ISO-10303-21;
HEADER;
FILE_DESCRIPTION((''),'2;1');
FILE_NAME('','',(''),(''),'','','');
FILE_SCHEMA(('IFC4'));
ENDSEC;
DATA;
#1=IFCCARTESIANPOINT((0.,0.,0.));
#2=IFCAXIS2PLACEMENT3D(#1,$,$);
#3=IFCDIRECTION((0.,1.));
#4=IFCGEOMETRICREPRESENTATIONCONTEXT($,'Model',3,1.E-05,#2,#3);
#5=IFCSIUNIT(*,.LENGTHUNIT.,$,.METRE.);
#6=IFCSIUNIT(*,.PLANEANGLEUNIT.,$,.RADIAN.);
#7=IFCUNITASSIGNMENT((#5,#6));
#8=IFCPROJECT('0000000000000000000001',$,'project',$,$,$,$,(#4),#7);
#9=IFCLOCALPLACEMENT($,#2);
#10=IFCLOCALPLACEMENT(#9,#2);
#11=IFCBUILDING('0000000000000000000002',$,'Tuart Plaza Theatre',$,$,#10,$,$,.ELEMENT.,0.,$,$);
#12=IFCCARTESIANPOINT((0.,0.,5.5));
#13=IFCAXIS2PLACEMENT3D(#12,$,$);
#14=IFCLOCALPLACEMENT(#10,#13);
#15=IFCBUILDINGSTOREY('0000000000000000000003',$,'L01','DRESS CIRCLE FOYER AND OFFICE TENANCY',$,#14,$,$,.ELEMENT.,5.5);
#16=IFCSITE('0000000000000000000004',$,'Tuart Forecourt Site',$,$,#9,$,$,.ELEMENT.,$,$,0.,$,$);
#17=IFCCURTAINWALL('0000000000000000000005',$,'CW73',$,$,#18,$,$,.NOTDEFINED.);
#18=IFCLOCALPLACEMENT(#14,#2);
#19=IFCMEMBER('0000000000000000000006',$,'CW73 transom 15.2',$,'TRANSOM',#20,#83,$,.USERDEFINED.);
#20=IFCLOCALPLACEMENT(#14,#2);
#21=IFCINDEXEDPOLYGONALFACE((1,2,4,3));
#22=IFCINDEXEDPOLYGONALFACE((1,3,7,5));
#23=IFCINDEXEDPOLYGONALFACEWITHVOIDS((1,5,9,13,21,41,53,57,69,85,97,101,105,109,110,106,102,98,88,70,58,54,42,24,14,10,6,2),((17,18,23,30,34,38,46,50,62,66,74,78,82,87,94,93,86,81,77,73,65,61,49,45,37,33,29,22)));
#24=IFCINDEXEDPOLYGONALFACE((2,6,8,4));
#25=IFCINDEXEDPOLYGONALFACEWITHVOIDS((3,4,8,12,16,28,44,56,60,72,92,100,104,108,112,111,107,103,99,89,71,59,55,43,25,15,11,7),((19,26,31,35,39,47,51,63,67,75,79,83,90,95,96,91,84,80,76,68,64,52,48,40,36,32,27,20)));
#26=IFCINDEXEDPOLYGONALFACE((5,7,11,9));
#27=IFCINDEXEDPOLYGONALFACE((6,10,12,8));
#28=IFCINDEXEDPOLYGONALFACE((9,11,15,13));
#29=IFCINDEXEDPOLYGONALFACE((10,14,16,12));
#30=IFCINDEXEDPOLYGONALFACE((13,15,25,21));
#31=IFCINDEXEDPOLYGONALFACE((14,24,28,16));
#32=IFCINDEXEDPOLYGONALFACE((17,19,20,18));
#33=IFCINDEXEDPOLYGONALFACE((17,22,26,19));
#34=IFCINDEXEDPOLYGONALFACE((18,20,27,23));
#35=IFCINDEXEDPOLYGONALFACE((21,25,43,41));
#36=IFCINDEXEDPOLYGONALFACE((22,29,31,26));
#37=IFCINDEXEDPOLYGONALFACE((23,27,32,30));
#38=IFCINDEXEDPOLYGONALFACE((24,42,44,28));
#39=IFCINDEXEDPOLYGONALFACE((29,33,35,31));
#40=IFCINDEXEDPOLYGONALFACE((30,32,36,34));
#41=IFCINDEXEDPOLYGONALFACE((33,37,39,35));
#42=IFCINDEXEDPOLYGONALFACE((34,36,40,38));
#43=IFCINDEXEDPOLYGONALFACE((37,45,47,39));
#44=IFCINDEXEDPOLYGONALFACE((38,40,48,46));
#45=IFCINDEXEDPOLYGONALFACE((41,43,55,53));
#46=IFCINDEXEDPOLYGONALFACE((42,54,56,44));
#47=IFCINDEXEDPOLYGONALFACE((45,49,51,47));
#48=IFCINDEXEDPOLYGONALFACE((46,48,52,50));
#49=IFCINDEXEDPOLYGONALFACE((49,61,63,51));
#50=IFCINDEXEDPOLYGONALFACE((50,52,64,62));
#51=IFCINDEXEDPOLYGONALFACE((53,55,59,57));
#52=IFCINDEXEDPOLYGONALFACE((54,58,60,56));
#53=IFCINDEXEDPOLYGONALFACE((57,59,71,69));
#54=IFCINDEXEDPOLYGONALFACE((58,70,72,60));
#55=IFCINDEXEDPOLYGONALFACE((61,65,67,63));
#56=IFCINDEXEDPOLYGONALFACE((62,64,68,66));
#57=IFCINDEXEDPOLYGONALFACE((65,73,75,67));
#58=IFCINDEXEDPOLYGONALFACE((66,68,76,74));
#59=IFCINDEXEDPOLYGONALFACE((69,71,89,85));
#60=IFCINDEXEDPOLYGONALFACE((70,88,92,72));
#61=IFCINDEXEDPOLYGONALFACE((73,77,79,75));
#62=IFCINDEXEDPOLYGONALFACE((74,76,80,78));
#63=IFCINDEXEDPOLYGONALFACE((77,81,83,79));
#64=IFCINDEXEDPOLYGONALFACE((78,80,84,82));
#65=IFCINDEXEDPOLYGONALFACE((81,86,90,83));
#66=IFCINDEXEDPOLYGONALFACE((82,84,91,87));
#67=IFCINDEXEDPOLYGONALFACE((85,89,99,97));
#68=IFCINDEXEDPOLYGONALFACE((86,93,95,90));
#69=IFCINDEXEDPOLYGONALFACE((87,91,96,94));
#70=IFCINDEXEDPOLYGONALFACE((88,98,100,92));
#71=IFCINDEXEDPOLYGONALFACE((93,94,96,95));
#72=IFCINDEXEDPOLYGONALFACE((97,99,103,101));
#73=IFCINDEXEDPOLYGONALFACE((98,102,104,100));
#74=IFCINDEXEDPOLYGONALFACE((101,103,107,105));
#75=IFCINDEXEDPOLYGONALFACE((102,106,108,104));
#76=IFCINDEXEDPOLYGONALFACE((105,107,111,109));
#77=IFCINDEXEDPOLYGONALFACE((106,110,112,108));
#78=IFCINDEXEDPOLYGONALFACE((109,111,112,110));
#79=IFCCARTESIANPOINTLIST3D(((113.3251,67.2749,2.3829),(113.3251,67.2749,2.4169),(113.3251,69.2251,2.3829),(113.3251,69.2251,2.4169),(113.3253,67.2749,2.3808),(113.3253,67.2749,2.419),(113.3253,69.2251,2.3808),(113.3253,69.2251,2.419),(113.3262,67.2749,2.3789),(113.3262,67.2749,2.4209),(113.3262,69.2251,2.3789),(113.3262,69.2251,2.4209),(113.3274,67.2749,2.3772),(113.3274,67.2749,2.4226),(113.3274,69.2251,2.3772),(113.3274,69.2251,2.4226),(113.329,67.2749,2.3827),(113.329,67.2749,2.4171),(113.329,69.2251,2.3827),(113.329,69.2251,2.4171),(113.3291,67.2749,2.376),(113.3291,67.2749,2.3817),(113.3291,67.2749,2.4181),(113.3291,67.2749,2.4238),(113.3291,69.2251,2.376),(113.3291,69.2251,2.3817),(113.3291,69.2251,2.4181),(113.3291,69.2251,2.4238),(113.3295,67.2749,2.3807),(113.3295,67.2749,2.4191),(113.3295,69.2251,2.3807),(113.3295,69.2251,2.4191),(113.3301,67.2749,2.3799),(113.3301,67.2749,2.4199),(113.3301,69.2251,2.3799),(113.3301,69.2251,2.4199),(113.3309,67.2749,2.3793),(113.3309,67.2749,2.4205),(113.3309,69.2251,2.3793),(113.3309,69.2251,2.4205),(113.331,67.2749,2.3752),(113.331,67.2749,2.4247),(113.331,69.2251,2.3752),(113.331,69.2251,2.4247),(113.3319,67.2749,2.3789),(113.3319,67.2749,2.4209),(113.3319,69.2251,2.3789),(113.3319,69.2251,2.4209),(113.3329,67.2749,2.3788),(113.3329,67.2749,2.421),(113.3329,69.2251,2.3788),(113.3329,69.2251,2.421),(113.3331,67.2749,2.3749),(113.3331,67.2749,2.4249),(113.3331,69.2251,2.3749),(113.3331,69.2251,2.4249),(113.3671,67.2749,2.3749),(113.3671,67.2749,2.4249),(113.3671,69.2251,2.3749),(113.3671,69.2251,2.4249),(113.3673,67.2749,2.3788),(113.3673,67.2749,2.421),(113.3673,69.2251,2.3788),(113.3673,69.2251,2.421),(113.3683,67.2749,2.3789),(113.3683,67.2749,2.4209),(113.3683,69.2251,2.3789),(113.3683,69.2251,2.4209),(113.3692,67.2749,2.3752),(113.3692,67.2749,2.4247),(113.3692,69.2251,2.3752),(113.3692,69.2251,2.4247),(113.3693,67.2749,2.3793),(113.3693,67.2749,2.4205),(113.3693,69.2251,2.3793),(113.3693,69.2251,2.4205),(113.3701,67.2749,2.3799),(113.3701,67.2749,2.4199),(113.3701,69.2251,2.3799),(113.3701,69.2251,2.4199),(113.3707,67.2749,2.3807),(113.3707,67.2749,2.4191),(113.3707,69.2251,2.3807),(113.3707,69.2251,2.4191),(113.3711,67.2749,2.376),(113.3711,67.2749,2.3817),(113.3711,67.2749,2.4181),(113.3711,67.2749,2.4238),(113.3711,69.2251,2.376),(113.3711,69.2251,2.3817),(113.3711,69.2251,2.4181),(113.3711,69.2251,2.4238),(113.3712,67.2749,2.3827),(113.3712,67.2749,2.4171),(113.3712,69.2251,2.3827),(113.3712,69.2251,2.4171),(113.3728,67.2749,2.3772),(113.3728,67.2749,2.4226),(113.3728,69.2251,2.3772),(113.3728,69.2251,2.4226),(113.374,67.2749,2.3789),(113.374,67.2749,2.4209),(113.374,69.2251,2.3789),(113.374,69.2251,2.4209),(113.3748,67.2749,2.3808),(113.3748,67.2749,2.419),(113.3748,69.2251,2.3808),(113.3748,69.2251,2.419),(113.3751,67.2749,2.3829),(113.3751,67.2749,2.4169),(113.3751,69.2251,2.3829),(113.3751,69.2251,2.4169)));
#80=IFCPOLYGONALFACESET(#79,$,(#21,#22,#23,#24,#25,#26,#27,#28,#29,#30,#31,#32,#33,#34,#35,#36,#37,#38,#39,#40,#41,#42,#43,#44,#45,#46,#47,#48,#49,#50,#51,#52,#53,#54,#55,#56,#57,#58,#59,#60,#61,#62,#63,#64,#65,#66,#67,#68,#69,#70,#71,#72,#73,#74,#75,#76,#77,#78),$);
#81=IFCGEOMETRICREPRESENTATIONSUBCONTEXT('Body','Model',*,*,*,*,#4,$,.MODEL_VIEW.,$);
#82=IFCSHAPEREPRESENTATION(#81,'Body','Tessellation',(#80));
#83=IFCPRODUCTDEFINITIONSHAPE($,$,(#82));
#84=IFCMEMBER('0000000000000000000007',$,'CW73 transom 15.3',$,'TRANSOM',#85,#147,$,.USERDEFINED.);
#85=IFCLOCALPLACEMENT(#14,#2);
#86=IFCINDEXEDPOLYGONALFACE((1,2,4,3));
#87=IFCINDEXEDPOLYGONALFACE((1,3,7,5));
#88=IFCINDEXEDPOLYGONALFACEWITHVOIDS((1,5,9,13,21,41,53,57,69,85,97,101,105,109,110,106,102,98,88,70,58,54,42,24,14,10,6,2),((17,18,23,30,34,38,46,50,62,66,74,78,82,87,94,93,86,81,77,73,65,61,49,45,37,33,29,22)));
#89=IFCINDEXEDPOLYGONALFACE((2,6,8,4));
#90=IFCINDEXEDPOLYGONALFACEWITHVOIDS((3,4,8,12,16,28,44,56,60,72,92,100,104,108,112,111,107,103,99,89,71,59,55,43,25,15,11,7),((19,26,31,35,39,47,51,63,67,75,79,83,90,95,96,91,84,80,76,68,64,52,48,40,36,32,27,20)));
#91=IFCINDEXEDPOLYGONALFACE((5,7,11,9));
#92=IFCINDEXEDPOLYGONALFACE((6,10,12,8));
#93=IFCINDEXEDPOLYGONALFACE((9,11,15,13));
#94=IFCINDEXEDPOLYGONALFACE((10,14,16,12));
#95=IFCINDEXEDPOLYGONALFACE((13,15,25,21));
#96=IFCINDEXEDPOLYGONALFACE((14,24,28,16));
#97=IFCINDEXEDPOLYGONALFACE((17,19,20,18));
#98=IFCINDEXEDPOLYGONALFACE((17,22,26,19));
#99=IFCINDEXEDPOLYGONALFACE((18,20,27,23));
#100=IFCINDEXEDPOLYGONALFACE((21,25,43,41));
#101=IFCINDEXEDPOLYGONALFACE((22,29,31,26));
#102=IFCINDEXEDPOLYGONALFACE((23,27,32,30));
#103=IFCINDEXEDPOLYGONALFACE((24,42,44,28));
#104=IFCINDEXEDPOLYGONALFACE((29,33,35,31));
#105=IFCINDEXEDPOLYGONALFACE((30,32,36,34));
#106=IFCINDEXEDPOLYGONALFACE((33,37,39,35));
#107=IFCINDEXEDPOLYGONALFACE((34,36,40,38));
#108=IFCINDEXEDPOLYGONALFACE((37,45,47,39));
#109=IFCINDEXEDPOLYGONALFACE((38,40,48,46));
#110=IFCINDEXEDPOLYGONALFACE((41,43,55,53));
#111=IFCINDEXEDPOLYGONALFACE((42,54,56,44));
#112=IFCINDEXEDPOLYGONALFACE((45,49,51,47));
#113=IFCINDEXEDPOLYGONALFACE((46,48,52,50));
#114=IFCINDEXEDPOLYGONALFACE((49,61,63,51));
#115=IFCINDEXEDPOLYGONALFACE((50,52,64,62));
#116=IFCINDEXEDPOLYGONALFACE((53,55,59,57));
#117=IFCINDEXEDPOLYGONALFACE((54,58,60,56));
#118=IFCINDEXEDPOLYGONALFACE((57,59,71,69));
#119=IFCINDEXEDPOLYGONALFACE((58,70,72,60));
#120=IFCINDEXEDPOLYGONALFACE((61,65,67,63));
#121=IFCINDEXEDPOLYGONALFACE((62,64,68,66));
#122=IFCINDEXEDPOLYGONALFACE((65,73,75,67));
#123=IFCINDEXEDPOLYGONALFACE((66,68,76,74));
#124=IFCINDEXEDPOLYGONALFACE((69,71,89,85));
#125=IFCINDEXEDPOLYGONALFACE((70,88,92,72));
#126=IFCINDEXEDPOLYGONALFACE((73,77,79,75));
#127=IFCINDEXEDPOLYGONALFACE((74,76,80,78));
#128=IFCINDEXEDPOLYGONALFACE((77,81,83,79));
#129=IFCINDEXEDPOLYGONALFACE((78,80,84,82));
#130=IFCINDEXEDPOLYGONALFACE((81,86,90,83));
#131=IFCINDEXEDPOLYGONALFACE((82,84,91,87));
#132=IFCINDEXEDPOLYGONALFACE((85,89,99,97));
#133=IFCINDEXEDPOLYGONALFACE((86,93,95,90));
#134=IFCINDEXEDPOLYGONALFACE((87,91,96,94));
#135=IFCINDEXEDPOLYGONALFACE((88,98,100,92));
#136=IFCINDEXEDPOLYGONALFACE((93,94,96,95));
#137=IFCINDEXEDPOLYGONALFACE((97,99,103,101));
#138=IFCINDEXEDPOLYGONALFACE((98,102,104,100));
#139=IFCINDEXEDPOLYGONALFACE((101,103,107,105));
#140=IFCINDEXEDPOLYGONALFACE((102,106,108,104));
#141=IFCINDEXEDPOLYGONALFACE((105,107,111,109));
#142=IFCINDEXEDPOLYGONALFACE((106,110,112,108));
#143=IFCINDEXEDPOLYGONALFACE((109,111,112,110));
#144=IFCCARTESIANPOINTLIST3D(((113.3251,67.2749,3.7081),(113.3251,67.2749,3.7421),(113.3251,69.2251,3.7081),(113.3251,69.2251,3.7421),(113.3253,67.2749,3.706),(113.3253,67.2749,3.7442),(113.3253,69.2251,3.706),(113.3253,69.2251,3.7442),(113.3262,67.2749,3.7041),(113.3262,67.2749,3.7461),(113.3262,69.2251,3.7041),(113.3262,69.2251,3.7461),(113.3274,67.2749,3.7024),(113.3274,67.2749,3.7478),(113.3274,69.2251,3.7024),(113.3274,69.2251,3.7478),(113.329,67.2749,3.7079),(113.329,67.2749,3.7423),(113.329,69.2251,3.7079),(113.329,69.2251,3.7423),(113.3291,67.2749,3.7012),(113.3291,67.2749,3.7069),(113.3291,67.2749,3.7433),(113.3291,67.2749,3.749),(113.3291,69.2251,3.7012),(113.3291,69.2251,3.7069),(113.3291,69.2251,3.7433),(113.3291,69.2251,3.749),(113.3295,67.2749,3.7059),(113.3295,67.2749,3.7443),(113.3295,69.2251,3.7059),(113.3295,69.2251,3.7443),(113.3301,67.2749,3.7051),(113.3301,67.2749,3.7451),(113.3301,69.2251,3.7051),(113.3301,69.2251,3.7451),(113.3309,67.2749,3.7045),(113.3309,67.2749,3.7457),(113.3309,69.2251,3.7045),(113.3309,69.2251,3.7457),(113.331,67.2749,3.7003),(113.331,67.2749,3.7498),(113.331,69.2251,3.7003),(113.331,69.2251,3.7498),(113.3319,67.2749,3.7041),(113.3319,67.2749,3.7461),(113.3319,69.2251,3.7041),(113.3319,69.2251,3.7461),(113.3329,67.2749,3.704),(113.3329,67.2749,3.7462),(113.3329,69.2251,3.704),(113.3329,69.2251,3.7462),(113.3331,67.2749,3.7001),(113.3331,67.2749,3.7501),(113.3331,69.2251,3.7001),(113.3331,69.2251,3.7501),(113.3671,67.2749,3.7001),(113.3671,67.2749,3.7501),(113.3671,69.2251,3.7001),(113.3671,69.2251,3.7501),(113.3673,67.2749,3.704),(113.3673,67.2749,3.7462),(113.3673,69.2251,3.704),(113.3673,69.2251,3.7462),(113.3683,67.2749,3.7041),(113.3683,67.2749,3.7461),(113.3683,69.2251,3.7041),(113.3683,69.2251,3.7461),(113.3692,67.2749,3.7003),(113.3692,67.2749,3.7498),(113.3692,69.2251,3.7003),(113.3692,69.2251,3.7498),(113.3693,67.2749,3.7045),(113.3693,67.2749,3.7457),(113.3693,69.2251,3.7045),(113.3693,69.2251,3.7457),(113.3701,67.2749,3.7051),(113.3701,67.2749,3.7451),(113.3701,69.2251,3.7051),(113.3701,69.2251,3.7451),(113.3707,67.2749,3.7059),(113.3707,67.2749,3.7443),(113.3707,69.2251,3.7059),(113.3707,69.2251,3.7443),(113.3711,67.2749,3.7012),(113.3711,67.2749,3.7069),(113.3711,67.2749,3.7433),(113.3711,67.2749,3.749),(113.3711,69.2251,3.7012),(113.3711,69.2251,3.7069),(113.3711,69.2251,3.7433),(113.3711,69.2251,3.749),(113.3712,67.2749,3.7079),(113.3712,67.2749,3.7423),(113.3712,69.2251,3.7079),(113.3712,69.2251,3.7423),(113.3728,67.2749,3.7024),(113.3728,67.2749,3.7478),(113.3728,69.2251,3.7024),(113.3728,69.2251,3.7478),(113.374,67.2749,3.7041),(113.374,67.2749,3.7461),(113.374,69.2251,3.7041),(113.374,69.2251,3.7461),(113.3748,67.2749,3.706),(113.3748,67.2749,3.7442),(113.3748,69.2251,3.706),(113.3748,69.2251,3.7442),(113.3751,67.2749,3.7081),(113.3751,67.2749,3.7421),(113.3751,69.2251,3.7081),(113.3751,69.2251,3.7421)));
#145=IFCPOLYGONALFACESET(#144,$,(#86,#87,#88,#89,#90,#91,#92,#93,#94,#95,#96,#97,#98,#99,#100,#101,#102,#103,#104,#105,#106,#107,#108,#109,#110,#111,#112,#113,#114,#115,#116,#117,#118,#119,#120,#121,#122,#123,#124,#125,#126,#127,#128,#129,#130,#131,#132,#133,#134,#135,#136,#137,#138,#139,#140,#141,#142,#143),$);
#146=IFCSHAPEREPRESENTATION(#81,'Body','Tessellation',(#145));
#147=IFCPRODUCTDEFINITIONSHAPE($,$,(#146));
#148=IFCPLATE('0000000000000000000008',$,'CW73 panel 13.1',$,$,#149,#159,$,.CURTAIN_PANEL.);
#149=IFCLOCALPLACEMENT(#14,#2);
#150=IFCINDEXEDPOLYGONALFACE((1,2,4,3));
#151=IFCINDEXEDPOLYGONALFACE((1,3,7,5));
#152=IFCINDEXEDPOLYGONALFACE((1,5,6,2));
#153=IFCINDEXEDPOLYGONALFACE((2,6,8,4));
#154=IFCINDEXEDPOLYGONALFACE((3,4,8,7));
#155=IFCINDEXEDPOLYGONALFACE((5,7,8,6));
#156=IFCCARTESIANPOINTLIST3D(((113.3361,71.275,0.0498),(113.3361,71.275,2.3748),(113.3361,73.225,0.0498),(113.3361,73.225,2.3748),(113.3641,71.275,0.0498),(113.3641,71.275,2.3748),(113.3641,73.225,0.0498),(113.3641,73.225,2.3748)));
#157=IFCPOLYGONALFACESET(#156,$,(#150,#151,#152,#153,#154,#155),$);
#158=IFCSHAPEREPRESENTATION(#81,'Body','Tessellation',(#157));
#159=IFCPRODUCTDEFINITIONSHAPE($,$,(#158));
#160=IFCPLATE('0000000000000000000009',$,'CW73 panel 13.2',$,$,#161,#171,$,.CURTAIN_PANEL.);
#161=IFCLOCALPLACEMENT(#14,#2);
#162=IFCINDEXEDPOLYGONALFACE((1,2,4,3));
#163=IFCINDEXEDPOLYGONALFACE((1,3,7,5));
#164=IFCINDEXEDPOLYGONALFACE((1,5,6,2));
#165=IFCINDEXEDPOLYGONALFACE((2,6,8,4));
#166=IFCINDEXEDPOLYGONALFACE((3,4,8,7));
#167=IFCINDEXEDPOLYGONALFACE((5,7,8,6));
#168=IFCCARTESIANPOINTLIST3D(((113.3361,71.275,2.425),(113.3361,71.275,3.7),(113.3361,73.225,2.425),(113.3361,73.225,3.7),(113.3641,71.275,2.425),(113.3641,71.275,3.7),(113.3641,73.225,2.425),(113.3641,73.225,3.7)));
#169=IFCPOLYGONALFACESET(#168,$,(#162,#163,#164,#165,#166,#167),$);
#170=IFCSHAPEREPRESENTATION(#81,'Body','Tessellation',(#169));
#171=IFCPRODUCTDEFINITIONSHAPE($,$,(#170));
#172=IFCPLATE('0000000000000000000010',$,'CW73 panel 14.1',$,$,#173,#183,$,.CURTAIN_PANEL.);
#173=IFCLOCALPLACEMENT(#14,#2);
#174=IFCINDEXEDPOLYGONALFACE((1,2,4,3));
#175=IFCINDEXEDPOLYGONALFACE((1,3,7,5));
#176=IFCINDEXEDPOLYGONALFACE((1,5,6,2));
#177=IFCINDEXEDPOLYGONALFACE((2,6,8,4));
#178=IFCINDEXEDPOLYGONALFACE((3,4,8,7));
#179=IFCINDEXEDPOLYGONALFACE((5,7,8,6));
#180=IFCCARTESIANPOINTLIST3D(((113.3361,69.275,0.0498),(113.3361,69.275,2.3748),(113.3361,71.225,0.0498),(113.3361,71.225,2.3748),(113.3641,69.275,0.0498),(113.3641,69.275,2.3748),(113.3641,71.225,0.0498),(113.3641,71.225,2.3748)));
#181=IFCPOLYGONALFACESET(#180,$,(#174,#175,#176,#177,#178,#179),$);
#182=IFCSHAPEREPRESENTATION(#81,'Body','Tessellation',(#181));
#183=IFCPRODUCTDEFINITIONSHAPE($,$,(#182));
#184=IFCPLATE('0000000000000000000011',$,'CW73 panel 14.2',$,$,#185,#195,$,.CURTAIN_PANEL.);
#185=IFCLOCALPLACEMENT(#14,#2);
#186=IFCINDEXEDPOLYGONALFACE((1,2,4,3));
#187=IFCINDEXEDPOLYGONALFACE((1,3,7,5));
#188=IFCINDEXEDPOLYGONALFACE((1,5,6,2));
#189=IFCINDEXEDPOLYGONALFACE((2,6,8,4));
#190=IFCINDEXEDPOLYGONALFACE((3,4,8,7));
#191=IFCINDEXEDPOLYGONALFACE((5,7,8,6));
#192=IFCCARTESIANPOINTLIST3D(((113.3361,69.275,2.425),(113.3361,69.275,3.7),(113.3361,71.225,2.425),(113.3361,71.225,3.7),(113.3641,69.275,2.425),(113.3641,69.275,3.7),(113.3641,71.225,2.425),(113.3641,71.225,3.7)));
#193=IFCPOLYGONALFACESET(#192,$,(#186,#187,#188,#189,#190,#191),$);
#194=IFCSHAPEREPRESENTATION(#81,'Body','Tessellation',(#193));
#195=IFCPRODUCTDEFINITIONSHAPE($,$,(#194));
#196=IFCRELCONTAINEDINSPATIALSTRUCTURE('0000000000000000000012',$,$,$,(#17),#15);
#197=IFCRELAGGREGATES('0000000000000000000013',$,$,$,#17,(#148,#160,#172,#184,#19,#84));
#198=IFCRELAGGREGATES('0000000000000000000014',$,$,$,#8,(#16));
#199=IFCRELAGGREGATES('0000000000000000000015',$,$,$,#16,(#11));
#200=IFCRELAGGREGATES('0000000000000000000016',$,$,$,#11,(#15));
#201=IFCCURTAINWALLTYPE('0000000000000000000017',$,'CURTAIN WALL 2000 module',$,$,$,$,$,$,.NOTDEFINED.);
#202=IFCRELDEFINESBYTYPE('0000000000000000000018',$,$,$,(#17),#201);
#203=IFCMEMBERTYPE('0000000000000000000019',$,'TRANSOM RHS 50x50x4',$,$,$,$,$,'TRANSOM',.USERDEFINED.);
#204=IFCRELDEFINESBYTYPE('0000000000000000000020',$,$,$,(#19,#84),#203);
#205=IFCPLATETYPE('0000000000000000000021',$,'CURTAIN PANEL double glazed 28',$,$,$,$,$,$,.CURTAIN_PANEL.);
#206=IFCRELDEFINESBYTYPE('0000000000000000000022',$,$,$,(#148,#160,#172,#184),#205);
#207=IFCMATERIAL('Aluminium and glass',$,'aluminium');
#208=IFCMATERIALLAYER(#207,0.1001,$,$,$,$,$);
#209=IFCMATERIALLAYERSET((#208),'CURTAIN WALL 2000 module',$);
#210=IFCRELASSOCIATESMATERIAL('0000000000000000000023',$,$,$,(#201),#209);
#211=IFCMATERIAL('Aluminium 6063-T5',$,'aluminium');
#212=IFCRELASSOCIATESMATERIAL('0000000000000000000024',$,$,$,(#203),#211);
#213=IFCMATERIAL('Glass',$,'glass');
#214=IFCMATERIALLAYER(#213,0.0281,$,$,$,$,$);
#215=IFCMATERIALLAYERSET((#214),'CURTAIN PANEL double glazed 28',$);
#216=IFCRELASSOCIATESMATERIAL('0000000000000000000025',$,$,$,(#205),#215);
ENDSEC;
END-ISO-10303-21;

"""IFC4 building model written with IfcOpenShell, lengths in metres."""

from ifc_helpers import new_model, si_unit, direction, frame, origin, origin_2d, place, context, subcontext, project, spatial, rectangle, hollow_rectangle, extrude, material, layer, layer_set, material_profile, profile_set, type_object, element, aggregate, save


model = new_model("IFC4")

# Units and contexts
model_context = context("Model", 3, precision=1e-05, world=origin(), true_north=direction((0.0, 1.0)))
body_context = subcontext(model_context, "Body", "Model", "MODEL_VIEW")
ifc_project = project(units=[si_unit("LENGTHUNIT", "METRE"), si_unit("PLANEANGLEUNIT", "RADIAN")], contexts=[model_context])

# Site, building, storey
site_placement = place(None, origin())
site = spatial("IfcSite", under=ifc_project, at=site_placement, Name="Tuart Forecourt Site", CompositionType="ELEMENT", RefElevation=0.0)
building_placement = place(site_placement, origin())
building = spatial("IfcBuilding", under=site, at=building_placement, Name="Tuart Plaza Theatre", CompositionType="ELEMENT", ElevationOfRefHeight=0.0)
storey_placement = place(building_placement, frame((0.0, 0.0, 5.5)))
storey = spatial("IfcBuildingStorey", under=building, at=storey_placement, Name="L01", Description="DRESS CIRCLE FOYER AND OFFICE TENANCY", CompositionType="ELEMENT", Elevation=5.5)

# Curtain wall, members, plates
ifc_material_1 = material(Name="Aluminium and glass", Category="aluminium")
ifc_layer_1 = layer(ifc_material_1, 0.1001)
ifc_layer_set_1 = layer_set([ifc_layer_1], Name="CURTAIN WALL 2000 module")
curtain_wall_type = type_object("IfcCurtainWallType", Name="CURTAIN WALL 2000 module", PredefinedType="NOTDEFINED", material=ifc_layer_set_1)
curtain_wall_placement = place(storey_placement, origin())
curtain_wall = element("IfcCurtainWall", 1, at=curtain_wall_placement, inside=storey, type_object=curtain_wall_type, Name="CW73", PredefinedType="NOTDEFINED")
ifc_material_2 = material(Name="Aluminium 6063-T5", Category="aluminium")
ifc_material_profile_1 = material_profile(ifc_material_2, hollow_rectangle(XDim=0.05, YDim=0.05, WallThickness=0.0039, InnerFilletRadius=0.0039, OuterFilletRadius=0.0081, at=origin_2d()), Name="RHS 50x50x4")
ifc_profile_set_1 = profile_set([ifc_material_profile_1], Name="Aluminium 6063-T5")
member_type_1 = type_object("IfcMemberType", Name="TRANSOM RHS 50x50x4", ElementType="TRANSOM", PredefinedType="USERDEFINED", material=ifc_profile_set_1)
member_1_placement = place(storey_placement, frame((113.3501, 69.2251, 2.3999), z_axis=(0.0, -1.0, 0.0), x_axis=(1.0, 0.0, 0.0)))
member_1 = element("IfcMember", 2, at=member_1_placement, type_object=member_type_1, Name="CW73 transom 15.2", ObjectType="TRANSOM", PredefinedType="USERDEFINED", context=body_context, shape_type="SweptSolid", body=[
    extrude(hollow_rectangle(XDim=0.05, YDim=0.05, WallThickness=0.0039, InnerFilletRadius=0.0039, OuterFilletRadius=0.0081, at=origin_2d()), origin(), (0.0, 0.0, 1.0), 1.9502),
])
member_2_placement = place(storey_placement, frame((113.3501, 69.2251, 3.7251), z_axis=(0.0, -1.0, 0.0), x_axis=(1.0, 0.0, 0.0)))
member_2 = element("IfcMember", 3, at=member_2_placement, type_object=member_type_1, Name="CW73 transom 15.3", ObjectType="TRANSOM", PredefinedType="USERDEFINED", context=body_context, shape_type="SweptSolid", body=[
    extrude(hollow_rectangle(XDim=0.05, YDim=0.05, WallThickness=0.0039, InnerFilletRadius=0.0039, OuterFilletRadius=0.0081, at=origin_2d()), origin(), (0.0, 0.0, 1.0), 1.9502),
])
ifc_material_3 = material(Name="Glass", Category="glass")
ifc_layer_2 = layer(ifc_material_3, 0.0281)
ifc_layer_set_2 = layer_set([ifc_layer_2], Name="CURTAIN PANEL double glazed 28")
plate_type = type_object("IfcPlateType", Name="CURTAIN PANEL double glazed 28", PredefinedType="CURTAIN_PANEL", material=ifc_layer_set_2)
plate_1_placement = place(storey_placement, frame((113.3501, 72.25, 0.0498), z_axis=(0.0, 0.0, 1.0), x_axis=(0.0, -1.0, 0.0)))
plate_1 = element("IfcPlate", 4, at=plate_1_placement, type_object=plate_type, Name="CW73 panel 13.1", PredefinedType="CURTAIN_PANEL", context=body_context, shape_type="SweptSolid", body=[
    extrude(rectangle(XDim=1.95, YDim=0.0281, at=origin_2d()), origin(), (0.0, 0.0, 1.0), 2.325),
])
plate_2_placement = place(storey_placement, frame((113.3501, 72.25, 2.425), z_axis=(0.0, 0.0, 1.0), x_axis=(0.0, -1.0, 0.0)))
plate_2 = element("IfcPlate", 5, at=plate_2_placement, type_object=plate_type, Name="CW73 panel 13.2", PredefinedType="CURTAIN_PANEL", context=body_context, shape_type="SweptSolid", body=[
    extrude(rectangle(XDim=1.95, YDim=0.0281, at=origin_2d()), origin(), (0.0, 0.0, 1.0), 1.2749),
])
plate_3_placement = place(storey_placement, frame((113.3501, 70.25, 0.0498), z_axis=(0.0, 0.0, 1.0), x_axis=(0.0, -1.0, 0.0)))
plate_3 = element("IfcPlate", 6, at=plate_3_placement, type_object=plate_type, Name="CW73 panel 14.1", PredefinedType="CURTAIN_PANEL", context=body_context, shape_type="SweptSolid", body=[
    extrude(rectangle(XDim=1.95, YDim=0.0281, at=origin_2d()), origin(), (0.0, 0.0, 1.0), 2.325),
])
plate_4_placement = place(storey_placement, frame((113.3501, 70.25, 2.425), z_axis=(0.0, 0.0, 1.0), x_axis=(0.0, -1.0, 0.0)))
plate_4 = element("IfcPlate", 7, at=plate_4_placement, type_object=plate_type, Name="CW73 panel 14.2", PredefinedType="CURTAIN_PANEL", context=body_context, shape_type="SweptSolid", body=[
    extrude(rectangle(XDim=1.95, YDim=0.0281, at=origin_2d()), origin(), (0.0, 0.0, 1.0), 1.2749),
])
aggregate(curtain_wall, [plate_1, plate_2, plate_3, plate_4, member_1, member_2])

save(model, "model.ifc")
